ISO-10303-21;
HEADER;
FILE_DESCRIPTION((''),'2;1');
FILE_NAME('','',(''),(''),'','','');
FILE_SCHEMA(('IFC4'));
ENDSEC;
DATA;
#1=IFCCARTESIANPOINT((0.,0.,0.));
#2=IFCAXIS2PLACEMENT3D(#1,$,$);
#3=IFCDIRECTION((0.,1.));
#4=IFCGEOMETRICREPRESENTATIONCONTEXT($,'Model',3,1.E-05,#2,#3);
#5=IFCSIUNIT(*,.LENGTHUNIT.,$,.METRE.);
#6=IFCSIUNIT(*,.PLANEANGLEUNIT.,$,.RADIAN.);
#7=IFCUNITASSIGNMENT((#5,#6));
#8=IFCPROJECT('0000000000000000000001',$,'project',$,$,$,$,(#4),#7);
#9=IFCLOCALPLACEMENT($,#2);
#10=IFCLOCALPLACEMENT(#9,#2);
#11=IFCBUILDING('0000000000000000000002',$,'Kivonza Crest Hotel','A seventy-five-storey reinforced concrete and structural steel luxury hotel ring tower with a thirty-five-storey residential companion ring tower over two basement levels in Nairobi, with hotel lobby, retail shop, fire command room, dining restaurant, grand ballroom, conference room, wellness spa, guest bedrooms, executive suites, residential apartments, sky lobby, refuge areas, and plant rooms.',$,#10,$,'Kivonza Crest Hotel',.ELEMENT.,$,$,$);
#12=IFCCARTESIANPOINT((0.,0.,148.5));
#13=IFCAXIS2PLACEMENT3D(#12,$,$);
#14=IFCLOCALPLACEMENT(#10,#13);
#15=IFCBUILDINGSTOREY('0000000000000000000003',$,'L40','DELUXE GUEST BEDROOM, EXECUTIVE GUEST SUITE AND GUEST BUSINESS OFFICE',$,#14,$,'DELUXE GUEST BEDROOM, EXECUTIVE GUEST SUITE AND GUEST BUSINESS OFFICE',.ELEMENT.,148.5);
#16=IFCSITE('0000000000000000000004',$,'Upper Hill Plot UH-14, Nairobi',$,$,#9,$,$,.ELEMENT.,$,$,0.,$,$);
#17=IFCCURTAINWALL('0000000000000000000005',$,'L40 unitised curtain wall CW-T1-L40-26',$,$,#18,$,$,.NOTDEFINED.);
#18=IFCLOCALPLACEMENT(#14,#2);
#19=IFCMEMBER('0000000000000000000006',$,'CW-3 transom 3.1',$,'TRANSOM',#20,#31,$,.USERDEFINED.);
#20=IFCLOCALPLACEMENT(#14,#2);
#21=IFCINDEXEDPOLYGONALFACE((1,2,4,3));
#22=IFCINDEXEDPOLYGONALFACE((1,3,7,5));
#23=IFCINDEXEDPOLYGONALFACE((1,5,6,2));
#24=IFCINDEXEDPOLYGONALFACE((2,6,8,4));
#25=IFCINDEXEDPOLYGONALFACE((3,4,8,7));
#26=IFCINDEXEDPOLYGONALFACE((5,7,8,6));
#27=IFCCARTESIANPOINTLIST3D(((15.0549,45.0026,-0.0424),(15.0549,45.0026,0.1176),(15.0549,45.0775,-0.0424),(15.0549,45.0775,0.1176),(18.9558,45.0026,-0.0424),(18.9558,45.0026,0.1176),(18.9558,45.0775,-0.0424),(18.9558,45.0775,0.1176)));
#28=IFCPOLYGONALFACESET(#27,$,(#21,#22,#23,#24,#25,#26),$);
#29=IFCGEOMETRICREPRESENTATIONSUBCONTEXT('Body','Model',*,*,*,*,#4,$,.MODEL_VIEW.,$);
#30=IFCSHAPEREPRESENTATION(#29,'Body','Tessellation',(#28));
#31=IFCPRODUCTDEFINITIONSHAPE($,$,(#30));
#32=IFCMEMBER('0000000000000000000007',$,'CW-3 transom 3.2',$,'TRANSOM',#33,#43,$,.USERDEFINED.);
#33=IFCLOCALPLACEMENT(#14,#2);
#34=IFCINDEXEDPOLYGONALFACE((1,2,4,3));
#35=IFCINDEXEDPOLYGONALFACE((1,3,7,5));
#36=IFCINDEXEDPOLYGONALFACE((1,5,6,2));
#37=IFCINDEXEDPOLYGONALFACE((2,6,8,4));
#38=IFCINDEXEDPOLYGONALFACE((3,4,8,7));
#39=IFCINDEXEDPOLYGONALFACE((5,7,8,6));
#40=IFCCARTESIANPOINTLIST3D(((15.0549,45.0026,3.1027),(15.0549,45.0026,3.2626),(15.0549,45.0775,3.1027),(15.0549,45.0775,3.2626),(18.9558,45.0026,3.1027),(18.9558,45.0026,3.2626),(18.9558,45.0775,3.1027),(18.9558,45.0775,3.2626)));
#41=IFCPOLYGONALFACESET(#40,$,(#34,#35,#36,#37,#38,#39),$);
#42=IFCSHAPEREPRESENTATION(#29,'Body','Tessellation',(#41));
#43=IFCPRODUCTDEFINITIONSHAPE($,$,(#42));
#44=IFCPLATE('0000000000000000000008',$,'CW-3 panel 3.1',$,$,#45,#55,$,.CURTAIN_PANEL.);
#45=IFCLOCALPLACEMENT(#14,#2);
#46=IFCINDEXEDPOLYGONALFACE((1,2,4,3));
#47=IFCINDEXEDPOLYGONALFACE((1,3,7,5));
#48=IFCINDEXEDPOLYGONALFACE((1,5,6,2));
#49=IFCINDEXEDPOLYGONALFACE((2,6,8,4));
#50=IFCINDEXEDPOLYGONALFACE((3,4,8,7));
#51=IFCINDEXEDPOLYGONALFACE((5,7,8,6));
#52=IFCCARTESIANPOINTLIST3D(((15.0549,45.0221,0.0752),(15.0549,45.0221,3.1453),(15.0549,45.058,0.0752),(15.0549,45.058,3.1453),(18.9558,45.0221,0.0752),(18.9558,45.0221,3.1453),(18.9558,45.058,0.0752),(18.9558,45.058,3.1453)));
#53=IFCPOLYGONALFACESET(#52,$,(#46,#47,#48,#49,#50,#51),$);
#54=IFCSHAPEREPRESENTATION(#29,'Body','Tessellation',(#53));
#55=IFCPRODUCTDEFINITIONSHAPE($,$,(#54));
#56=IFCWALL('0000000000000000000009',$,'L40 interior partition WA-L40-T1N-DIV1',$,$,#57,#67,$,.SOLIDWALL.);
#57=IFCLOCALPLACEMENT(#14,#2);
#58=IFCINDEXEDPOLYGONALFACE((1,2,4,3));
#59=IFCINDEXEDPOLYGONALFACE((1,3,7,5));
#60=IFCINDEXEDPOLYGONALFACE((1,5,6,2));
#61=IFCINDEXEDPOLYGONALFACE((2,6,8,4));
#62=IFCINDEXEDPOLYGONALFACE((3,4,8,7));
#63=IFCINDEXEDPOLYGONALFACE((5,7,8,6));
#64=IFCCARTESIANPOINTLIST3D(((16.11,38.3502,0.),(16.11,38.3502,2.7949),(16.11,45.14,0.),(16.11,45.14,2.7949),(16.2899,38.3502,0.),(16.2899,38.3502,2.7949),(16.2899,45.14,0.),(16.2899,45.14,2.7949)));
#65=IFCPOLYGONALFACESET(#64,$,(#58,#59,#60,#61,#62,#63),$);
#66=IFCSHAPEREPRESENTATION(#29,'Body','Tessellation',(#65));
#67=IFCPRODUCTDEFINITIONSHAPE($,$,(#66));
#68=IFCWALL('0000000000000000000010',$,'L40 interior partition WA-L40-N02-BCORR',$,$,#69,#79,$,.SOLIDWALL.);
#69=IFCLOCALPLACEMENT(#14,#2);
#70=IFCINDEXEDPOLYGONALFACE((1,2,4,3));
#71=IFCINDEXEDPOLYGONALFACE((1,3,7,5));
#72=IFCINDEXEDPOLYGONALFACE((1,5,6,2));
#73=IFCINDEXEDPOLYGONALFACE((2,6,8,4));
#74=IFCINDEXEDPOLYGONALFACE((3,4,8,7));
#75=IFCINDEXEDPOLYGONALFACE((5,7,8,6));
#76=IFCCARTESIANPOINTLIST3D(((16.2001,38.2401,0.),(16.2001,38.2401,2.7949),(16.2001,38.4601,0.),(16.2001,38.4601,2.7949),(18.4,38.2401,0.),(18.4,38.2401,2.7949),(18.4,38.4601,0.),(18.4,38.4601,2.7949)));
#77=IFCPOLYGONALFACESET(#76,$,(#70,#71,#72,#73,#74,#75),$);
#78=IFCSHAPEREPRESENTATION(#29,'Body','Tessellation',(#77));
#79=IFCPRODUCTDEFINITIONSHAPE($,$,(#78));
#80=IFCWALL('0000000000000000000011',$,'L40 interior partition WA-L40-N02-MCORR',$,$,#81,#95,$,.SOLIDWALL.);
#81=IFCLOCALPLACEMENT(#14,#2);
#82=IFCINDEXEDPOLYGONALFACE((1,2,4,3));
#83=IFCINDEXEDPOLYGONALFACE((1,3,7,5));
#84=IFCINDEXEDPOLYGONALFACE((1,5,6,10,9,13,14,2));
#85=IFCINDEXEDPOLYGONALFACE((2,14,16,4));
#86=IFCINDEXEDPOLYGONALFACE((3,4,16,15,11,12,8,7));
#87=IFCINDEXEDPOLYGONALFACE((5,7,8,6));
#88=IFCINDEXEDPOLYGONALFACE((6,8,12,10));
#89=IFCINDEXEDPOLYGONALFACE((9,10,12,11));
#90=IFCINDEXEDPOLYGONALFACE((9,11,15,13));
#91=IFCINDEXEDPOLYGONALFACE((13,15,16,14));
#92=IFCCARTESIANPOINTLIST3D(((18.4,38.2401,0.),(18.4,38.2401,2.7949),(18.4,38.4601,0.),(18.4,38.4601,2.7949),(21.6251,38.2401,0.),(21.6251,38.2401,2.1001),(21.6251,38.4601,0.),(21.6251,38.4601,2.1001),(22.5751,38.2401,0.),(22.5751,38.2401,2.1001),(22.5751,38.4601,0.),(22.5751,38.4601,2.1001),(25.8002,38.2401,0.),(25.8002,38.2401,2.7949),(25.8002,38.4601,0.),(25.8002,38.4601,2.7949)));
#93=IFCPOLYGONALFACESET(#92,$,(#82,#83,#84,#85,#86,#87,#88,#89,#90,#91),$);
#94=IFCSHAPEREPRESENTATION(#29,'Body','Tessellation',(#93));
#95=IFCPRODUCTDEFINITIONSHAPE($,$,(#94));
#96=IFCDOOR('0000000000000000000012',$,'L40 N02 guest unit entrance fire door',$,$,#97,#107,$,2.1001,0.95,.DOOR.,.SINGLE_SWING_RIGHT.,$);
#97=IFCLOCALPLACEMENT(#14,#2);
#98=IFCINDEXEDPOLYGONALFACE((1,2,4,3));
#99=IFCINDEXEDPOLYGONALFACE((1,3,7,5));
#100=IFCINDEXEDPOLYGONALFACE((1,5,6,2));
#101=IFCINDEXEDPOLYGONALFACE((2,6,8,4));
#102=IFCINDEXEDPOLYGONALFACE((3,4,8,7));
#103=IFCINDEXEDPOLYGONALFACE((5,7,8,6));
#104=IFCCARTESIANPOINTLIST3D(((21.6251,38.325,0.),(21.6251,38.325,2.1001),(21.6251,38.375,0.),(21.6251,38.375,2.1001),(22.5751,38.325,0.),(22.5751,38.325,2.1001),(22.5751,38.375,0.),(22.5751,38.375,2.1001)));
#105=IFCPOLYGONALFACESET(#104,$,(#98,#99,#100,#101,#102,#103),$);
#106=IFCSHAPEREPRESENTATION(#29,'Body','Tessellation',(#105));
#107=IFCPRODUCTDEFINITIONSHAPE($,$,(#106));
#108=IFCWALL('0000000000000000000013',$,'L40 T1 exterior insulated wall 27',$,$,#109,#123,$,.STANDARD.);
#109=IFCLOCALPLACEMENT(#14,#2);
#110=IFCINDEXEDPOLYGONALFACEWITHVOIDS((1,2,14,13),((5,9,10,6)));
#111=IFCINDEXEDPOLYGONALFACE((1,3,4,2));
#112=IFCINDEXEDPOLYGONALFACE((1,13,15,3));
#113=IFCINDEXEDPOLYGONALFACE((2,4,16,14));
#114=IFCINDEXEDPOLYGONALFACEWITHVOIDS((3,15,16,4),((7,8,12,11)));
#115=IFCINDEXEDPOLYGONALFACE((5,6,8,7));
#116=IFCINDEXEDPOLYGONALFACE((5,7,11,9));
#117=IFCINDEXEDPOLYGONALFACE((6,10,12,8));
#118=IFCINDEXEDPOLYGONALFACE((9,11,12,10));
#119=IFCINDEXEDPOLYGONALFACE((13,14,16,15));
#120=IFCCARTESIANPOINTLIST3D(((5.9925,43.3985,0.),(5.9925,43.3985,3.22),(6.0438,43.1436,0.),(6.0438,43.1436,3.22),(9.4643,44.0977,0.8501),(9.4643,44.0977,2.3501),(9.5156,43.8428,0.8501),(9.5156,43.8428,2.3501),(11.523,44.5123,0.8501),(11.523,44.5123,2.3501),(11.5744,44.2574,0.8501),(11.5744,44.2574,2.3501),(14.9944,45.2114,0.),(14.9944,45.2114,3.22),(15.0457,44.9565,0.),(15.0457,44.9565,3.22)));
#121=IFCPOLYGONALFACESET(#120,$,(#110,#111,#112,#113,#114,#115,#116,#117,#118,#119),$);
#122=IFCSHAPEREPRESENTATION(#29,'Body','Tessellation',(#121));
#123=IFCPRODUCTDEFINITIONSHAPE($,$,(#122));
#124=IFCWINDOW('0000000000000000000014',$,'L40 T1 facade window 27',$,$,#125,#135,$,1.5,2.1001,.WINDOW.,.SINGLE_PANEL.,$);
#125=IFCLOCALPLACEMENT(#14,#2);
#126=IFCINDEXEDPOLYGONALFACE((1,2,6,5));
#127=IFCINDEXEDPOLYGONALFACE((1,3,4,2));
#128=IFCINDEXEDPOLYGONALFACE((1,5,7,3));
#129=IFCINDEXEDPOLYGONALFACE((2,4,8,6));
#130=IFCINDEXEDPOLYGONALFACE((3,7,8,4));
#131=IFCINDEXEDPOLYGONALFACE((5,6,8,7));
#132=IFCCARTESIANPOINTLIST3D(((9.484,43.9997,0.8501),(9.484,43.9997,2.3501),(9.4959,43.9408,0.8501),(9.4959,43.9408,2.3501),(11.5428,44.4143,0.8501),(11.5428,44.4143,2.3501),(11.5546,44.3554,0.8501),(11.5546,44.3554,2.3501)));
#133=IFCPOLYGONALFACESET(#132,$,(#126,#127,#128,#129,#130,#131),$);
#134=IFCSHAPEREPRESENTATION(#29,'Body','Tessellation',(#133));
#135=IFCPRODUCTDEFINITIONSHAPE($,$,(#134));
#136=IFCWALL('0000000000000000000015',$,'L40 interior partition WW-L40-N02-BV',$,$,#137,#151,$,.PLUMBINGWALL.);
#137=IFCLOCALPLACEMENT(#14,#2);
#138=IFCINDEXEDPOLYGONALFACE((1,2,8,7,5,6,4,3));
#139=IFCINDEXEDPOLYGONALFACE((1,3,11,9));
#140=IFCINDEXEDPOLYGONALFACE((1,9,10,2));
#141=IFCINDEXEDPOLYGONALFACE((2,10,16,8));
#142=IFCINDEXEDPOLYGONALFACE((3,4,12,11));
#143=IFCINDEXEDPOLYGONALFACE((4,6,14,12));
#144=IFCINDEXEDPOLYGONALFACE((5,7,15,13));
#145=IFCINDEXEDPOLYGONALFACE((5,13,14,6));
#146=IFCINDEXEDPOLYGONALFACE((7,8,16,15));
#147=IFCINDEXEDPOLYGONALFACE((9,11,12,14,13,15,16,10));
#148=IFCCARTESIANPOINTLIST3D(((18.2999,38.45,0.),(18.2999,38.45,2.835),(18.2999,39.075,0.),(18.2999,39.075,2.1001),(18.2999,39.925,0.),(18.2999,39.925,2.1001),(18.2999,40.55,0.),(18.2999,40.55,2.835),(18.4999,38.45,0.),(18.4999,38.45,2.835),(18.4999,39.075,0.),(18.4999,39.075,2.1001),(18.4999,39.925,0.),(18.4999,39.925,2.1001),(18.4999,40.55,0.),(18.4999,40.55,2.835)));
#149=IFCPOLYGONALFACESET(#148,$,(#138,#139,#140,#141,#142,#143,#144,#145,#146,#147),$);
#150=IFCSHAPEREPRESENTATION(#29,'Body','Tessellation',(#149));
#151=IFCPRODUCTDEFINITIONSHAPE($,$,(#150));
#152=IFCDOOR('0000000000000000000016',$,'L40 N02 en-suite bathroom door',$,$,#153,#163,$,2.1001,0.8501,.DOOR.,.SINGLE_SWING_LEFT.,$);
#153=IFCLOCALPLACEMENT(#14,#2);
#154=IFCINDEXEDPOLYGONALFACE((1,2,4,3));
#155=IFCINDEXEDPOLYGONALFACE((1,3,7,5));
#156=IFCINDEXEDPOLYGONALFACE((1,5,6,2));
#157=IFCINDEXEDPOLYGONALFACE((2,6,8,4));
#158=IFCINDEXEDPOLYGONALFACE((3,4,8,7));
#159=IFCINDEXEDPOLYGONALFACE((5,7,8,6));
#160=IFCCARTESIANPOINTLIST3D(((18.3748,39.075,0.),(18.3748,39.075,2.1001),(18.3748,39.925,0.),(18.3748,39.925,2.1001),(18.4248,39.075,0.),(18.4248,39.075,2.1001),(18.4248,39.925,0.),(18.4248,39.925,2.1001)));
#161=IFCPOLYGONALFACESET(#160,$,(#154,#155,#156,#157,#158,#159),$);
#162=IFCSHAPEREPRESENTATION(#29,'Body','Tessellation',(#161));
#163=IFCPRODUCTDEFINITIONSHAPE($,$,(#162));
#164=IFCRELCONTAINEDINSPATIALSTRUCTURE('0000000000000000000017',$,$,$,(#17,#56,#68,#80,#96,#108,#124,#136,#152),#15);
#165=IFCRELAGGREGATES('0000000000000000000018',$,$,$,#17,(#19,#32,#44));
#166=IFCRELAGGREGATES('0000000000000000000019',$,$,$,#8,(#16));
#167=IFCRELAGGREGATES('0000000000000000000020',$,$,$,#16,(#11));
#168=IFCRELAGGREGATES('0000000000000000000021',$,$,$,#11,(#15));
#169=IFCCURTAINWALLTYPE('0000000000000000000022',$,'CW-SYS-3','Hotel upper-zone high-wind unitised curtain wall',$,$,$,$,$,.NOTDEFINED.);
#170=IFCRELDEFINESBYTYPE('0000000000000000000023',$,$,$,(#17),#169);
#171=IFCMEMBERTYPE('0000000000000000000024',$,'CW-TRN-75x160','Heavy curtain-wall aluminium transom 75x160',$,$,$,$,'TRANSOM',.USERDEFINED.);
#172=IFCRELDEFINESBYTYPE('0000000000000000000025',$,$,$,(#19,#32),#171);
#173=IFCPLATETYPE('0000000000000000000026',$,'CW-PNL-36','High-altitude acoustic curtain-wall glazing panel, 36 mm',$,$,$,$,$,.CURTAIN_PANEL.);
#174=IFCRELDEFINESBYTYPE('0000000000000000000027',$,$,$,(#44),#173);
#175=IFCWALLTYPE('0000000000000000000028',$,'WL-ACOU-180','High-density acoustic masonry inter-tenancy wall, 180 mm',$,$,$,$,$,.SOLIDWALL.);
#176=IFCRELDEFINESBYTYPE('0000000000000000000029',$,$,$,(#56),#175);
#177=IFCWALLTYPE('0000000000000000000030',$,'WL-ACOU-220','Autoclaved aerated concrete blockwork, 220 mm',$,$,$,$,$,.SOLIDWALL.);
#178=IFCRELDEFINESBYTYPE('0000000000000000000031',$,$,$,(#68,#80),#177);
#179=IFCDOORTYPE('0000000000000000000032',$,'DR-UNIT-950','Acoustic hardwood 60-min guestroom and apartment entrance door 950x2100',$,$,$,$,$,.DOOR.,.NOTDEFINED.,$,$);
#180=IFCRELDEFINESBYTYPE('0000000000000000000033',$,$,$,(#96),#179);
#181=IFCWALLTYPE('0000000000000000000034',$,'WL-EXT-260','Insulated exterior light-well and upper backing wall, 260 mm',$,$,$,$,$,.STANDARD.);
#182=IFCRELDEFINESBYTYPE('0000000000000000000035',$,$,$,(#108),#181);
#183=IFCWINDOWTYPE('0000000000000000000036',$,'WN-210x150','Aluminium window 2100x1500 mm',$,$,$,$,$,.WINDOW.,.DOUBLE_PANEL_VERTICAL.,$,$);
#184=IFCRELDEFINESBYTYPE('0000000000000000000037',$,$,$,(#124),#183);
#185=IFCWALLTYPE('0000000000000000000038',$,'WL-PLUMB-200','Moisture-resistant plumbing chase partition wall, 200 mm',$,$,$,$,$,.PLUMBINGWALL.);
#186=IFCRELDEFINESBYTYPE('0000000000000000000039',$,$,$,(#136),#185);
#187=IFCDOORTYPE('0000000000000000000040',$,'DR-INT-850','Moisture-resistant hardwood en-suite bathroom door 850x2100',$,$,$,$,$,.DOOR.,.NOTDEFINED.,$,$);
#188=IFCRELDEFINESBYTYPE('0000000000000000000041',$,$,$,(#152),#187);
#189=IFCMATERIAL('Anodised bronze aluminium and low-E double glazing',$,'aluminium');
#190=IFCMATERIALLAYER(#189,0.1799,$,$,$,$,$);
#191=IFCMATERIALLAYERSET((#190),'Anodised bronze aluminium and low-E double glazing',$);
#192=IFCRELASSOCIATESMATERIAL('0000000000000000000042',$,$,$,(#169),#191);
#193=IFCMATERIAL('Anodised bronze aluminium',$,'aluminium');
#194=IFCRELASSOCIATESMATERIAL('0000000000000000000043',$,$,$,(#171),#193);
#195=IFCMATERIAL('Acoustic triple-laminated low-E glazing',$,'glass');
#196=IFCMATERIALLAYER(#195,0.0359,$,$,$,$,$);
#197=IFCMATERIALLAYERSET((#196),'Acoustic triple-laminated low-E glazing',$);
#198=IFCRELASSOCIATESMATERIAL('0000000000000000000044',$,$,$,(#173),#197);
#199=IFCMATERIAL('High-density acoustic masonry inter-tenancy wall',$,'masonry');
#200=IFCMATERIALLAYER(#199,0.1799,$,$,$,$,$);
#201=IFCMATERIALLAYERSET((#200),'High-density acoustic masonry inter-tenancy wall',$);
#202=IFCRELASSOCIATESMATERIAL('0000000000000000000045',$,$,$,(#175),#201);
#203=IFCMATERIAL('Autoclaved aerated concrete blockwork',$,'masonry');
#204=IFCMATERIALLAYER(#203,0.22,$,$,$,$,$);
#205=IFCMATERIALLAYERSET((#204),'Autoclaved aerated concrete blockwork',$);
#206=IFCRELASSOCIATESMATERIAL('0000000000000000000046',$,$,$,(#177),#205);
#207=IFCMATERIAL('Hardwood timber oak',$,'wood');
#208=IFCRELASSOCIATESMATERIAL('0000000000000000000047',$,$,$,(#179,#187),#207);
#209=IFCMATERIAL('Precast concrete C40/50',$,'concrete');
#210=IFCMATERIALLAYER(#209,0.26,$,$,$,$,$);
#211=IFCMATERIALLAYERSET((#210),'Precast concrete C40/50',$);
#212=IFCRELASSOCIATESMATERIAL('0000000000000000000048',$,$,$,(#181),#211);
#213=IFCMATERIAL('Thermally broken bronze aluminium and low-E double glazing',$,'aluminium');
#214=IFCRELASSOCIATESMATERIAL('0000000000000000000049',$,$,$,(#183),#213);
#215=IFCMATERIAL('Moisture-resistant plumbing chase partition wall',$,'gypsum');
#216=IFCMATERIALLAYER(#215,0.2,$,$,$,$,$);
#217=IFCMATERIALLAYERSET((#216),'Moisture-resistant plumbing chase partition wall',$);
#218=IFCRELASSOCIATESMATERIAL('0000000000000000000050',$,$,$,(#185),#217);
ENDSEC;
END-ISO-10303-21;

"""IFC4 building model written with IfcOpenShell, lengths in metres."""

from ifc_helpers import new_model, si_unit, direction, frame, frame_2d, origin, origin_2d, place, context, subcontext, project, spatial, rectangle, extrude, material, layer, layer_set, material_profile, profile_set, type_object, element, fill, aggregate, save


model = new_model("IFC4")

# Units and contexts
model_context = context("Model", 3, precision=1e-05, world=origin(), true_north=direction((0.0, 1.0)))
body_context = subcontext(model_context, "Body", "Model", "MODEL_VIEW")
ifc_project = project(units=[si_unit("LENGTHUNIT", "METRE"), si_unit("PLANEANGLEUNIT", "RADIAN")], contexts=[model_context])

# Site, building, storey
site_placement = place(None, origin())
site = spatial("IfcSite", under=ifc_project, at=site_placement, Name="Upper Hill Plot UH-14, Nairobi", CompositionType="ELEMENT", RefElevation=0.0)
building_placement = place(site_placement, origin())
building = spatial("IfcBuilding", under=site, at=building_placement, Name="Kivonza Crest Hotel", Description="A seventy-five-storey reinforced concrete and structural steel luxury hotel ring tower with a thirty-five-storey residential companion ring tower over two basement levels in Nairobi, with hotel lobby, retail shop, fire command room, dining restaurant, grand ballroom, conference room, wellness spa, guest bedrooms, executive suites, residential apartments, sky lobby, refuge areas, and plant rooms.", LongName="Kivonza Crest Hotel", CompositionType="ELEMENT")
storey_placement = place(building_placement, frame((0.0, 0.0, 148.5)))
storey = spatial("IfcBuildingStorey", under=building, at=storey_placement, Name="L40", Description="DELUXE GUEST BEDROOM, EXECUTIVE GUEST SUITE AND GUEST BUSINESS OFFICE", LongName="DELUXE GUEST BEDROOM, EXECUTIVE GUEST SUITE AND GUEST BUSINESS OFFICE", CompositionType="ELEMENT", Elevation=148.5)

# Curtain wall, members, plate
ifc_material_1 = material(Name="Anodised bronze aluminium and low-E double glazing", Category="aluminium")
ifc_layer_1 = layer(ifc_material_1, 0.1799)
ifc_layer_set_1 = layer_set([ifc_layer_1], Name="Anodised bronze aluminium and low-E double glazing")
curtain_wall_type = type_object("IfcCurtainWallType", Name="CW-SYS-3", Description="Hotel upper-zone high-wind unitised curtain wall", PredefinedType="NOTDEFINED", material=ifc_layer_set_1)
curtain_wall_placement = place(storey_placement, origin())
curtain_wall = element("IfcCurtainWall", 1, at=curtain_wall_placement, inside=storey, type_object=curtain_wall_type, Name="L40 unitised curtain wall CW-T1-L40-26", PredefinedType="NOTDEFINED")
ifc_material_2 = material(Name="Anodised bronze aluminium", Category="aluminium")
ifc_material_profile_1 = material_profile(ifc_material_2, rectangle(XDim=0.075, YDim=0.1599, at=origin_2d()), Name="CW-T 75x160")
ifc_profile_set_1 = profile_set([ifc_material_profile_1], Name="Anodised bronze aluminium")
member_type_1 = type_object("IfcMemberType", Name="CW-TRN-75x160", Description="Heavy curtain-wall aluminium transom 75x160", ElementType="TRANSOM", PredefinedType="USERDEFINED", material=ifc_profile_set_1)
member_1_placement = place(storey_placement, frame((18.9558, 45.04, 0.0376), z_axis=(-1.0, 0.0, 0.0), x_axis=(0.0, -1.0, 0.0)))
member_1 = element("IfcMember", 2, at=member_1_placement, type_object=member_type_1, Name="CW-3 transom 3.1", ObjectType="TRANSOM", PredefinedType="USERDEFINED", context=body_context, shape_type="SweptSolid", body=[
    extrude(rectangle(XDim=0.075, YDim=0.1599, at=origin_2d()), origin(), (0.0, 0.0, 1.0), 3.9009),
])
member_2_placement = place(storey_placement, frame((18.9558, 45.04, 3.1826), z_axis=(-1.0, 0.0, 0.0), x_axis=(0.0, -1.0, 0.0)))
member_2 = element("IfcMember", 3, at=member_2_placement, type_object=member_type_1, Name="CW-3 transom 3.2", ObjectType="TRANSOM", PredefinedType="USERDEFINED", context=body_context, shape_type="SweptSolid", body=[
    extrude(rectangle(XDim=0.075, YDim=0.1599, at=origin_2d()), origin(), (0.0, 0.0, 1.0), 3.9009),
])
ifc_material_3 = material(Name="Acoustic triple-laminated low-E glazing", Category="glass")
ifc_layer_2 = layer(ifc_material_3, 0.0359)
ifc_layer_set_2 = layer_set([ifc_layer_2], Name="Acoustic triple-laminated low-E glazing")
plate_type = type_object("IfcPlateType", Name="CW-PNL-36", Description="High-altitude acoustic curtain-wall glazing panel, 36 mm", PredefinedType="CURTAIN_PANEL", material=ifc_layer_set_2)
plate_placement = place(storey_placement, frame((17.0054, 45.04, 0.0752), z_axis=(0.0, 0.0, 1.0), x_axis=(-1.0, 0.0, 0.0)))
plate = element("IfcPlate", 4, at=plate_placement, type_object=plate_type, Name="CW-3 panel 3.1", PredefinedType="CURTAIN_PANEL", context=body_context, shape_type="SweptSolid", body=[
    extrude(rectangle(XDim=3.9009, YDim=0.0359, at=origin_2d()), origin(), (0.0, 0.0, 1.0), 3.0701),
])
aggregate(curtain_wall, [member_1, member_2, plate])

# Walls
ifc_material_4 = material(Name="High-density acoustic masonry inter-tenancy wall", Category="masonry")
ifc_layer_3 = layer(ifc_material_4, 0.1799)
ifc_layer_set_3 = layer_set([ifc_layer_3], Name="High-density acoustic masonry inter-tenancy wall")
wall_type_1 = type_object("IfcWallType", Name="WL-ACOU-180", Description="High-density acoustic masonry inter-tenancy wall, 180 mm", PredefinedType="SOLIDWALL", material=ifc_layer_set_3)
wall_1_placement = place(storey_placement, frame((16.2, 38.3501, 0.0), z_axis=(0.0, 0.0, 1.0), x_axis=(0.0, 1.0, 0.0)))
element("IfcWall", 5, at=wall_1_placement, inside=storey, type_object=wall_type_1, Name="L40 interior partition WA-L40-T1N-DIV1", PredefinedType="SOLIDWALL", context=body_context, shape_type="SweptSolid", body=[
    extrude(rectangle(XDim=6.7898, YDim=0.1799, at=frame_2d((3.395, 0.0))), origin(), (0.0, 0.0, 1.0), 2.7949),
])
ifc_material_5 = material(Name="Autoclaved aerated concrete blockwork", Category="masonry")
ifc_layer_4 = layer(ifc_material_5, 0.22)
ifc_layer_set_4 = layer_set([ifc_layer_4], Name="Autoclaved aerated concrete blockwork")
wall_type_2 = type_object("IfcWallType", Name="WL-ACOU-220", Description="Autoclaved aerated concrete blockwork, 220 mm", PredefinedType="SOLIDWALL", material=ifc_layer_set_4)
wall_2_placement = place(storey_placement, frame((16.2, 38.3501, 0.0), z_axis=(0.0, 0.0, 1.0), x_axis=(1.0, 0.0, 0.0)))
element("IfcWall", 6, at=wall_2_placement, inside=storey, type_object=wall_type_2, Name="L40 interior partition WA-L40-N02-BCORR", PredefinedType="SOLIDWALL", context=body_context, shape_type="SweptSolid", body=[
    extrude(rectangle(XDim=2.2, YDim=0.22, at=frame_2d((1.1001, 0.0))), origin(), (0.0, 0.0, 1.0), 2.7949),
])

# Wall, opening, door
wall_3_placement = place(storey_placement, frame((18.3999, 38.3501, 0.0), z_axis=(0.0, 0.0, 1.0), x_axis=(1.0, 0.0, 0.0)))
wall_3 = element("IfcWall", 7, at=wall_3_placement, inside=storey, type_object=wall_type_2, Name="L40 interior partition WA-L40-N02-MCORR", PredefinedType="SOLIDWALL", context=body_context, shape_type="SweptSolid", body=[
    extrude(rectangle(XDim=7.4001, YDim=0.22, at=frame_2d((3.7002, 0.0))), origin(), (0.0, 0.0, 1.0), 2.7949),
])
opening_1_placement = place(wall_3_placement, frame((3.2251, 0.0, 0.0)))
opening_1 = element("IfcOpeningElement", 8, at=opening_1_placement, cuts=wall_3, PredefinedType="OPENING", context=body_context, shape_type="SweptSolid", body=[
    extrude(rectangle(XDim=0.95, YDim=2.1001, at=frame_2d((0.4751, 1.05))), frame((0.0, 0.1201, 0.0), z_axis=(0.0, -1.0, 0.0), x_axis=(1.0, 0.0, 0.0)), (0.0, 0.0, 1.0), 0.24),
])
ifc_material_6 = material(Name="Hardwood timber oak", Category="wood")
door_type_1 = type_object("IfcDoorType", Name="DR-UNIT-950", Description="Acoustic hardwood 60-min guestroom and apartment entrance door 950x2100", OperationType="NOTDEFINED", PredefinedType="DOOR", material=ifc_material_6)
door_1_placement = place(opening_1_placement, origin())
door_1 = element("IfcDoor", 9, at=door_1_placement, inside=storey, type_object=door_type_1, Name="L40 N02 guest unit entrance fire door", OperationType="SINGLE_SWING_RIGHT", OverallHeight=2.1001, OverallWidth=0.95, PredefinedType="DOOR", context=body_context, shape_type="SweptSolid", body=[
    extrude(rectangle(XDim=0.95, YDim=2.1001, at=frame_2d((0.4751, 1.05))), frame((0.0, 0.0249, 0.0), z_axis=(0.0, -1.0, 0.0), x_axis=(1.0, 0.0, 0.0)), (0.0, 0.0, 1.0), 0.05),
])
fill(opening_1, door_1)

# Wall, opening, window
ifc_material_7 = material(Name="Precast concrete C40/50", Category="concrete")
ifc_layer_5 = layer(ifc_material_7, 0.26)
ifc_layer_set_5 = layer_set([ifc_layer_5], Name="Precast concrete C40/50")
wall_type_3 = type_object("IfcWallType", Name="WL-EXT-260", Description="Insulated exterior light-well and upper backing wall, 260 mm", PredefinedType="STANDARD", material=ifc_layer_set_5)
wall_4_placement = place(storey_placement, frame((15.02, 45.084, 0.0), z_axis=(0.0, 0.0, 1.0), x_axis=(-0.980316, -0.197435, 0.0)))
wall_4 = element("IfcWall", 10, at=wall_4_placement, inside=storey, type_object=wall_type_3, Name="L40 T1 exterior insulated wall 27", PredefinedType="STANDARD", context=body_context, shape_type="SweptSolid", body=[
    extrude(rectangle(XDim=9.1826, YDim=0.26, at=frame_2d((4.5913, 0.0))), origin(), (0.0, 0.0, 1.0), 3.22),
])
opening_2_placement = place(wall_4_placement, frame((3.541, 0.0, 0.8501)))
opening_2 = element("IfcOpeningElement", 11, at=opening_2_placement, cuts=wall_4, PredefinedType="OPENING", context=body_context, shape_type="SweptSolid", body=[
    extrude(rectangle(XDim=2.1001, YDim=1.5, at=frame_2d((1.05, 0.75))), frame((0.0, 0.1401, 0.0), z_axis=(0.0, -1.0, 0.0), x_axis=(1.0, 0.0, 0.0)), (0.0, 0.0, 1.0), 0.28),
])
ifc_material_8 = material(Name="Thermally broken bronze aluminium and low-E double glazing", Category="aluminium")
window_type = type_object("IfcWindowType", Name="WN-210x150", Description="Aluminium window 2100x1500 mm", PartitioningType="DOUBLE_PANEL_VERTICAL", PredefinedType="WINDOW", material=ifc_material_8)
window_placement = place(opening_2_placement, origin())
window = element("IfcWindow", 12, at=window_placement, inside=storey, type_object=window_type, Name="L40 T1 facade window 27", OverallHeight=1.5, OverallWidth=2.1001, PartitioningType="SINGLE_PANEL", PredefinedType="WINDOW", context=body_context, shape_type="SweptSolid", body=[
    extrude(rectangle(XDim=2.1001, YDim=1.5, at=frame_2d((1.05, 0.75))), frame((0.0, 0.03, 0.0), z_axis=(0.0, -1.0, 0.0), x_axis=(1.0, 0.0, 0.0)), (0.0, 0.0, 1.0), 0.0601),
])
fill(opening_2, window)

# Wall, opening, door
ifc_material_9 = material(Name="Moisture-resistant plumbing chase partition wall", Category="gypsum")
ifc_layer_6 = layer(ifc_material_9, 0.2)
ifc_layer_set_6 = layer_set([ifc_layer_6], Name="Moisture-resistant plumbing chase partition wall")
wall_type_4 = type_object("IfcWallType", Name="WL-PLUMB-200", Description="Moisture-resistant plumbing chase partition wall, 200 mm", PredefinedType="PLUMBINGWALL", material=ifc_layer_set_6)
wall_5_placement = place(storey_placement, frame((18.3999, 38.45, 0.0), z_axis=(0.0, 0.0, 1.0), x_axis=(0.0, 1.0, 0.0)))
wall_5 = element("IfcWall", 13, at=wall_5_placement, inside=storey, type_object=wall_type_4, Name="L40 interior partition WW-L40-N02-BV", PredefinedType="PLUMBINGWALL", context=body_context, shape_type="SweptSolid", body=[
    extrude(rectangle(XDim=2.1001, YDim=0.2, at=frame_2d((1.05, 0.0))), origin(), (0.0, 0.0, 1.0), 2.835),
])
opening_3_placement = place(wall_5_placement, frame((0.625, 0.0, 0.0)))
opening_3 = element("IfcOpeningElement", 14, at=opening_3_placement, cuts=wall_5, PredefinedType="OPENING", context=body_context, shape_type="SweptSolid", body=[
    extrude(rectangle(XDim=0.8501, YDim=2.1001, at=frame_2d((0.425, 1.05))), frame((0.0, 0.1099, 0.0), z_axis=(0.0, -1.0, 0.0), x_axis=(1.0, 0.0, 0.0)), (0.0, 0.0, 1.0), 0.22),
])
door_type_2 = type_object("IfcDoorType", Name="DR-INT-850", Description="Moisture-resistant hardwood en-suite bathroom door 850x2100", OperationType="NOTDEFINED", PredefinedType="DOOR", material=ifc_material_6)
door_2_placement = place(opening_3_placement, frame((0.8501, 0.0, 0.0), z_axis=(0.0, 0.0, 1.0), x_axis=(-1.0, 0.0, 0.0)))
door_2 = element("IfcDoor", 15, at=door_2_placement, inside=storey, type_object=door_type_2, Name="L40 N02 en-suite bathroom door", OperationType="SINGLE_SWING_LEFT", OverallHeight=2.1001, OverallWidth=0.8501, PredefinedType="DOOR", context=body_context, shape_type="SweptSolid", body=[
    extrude(rectangle(XDim=0.8501, YDim=2.1001, at=frame_2d((0.425, 1.05))), frame((0.0, 0.0249, 0.0), z_axis=(0.0, -1.0, 0.0), x_axis=(1.0, 0.0, 0.0)), (0.0, 0.0, 1.0), 0.05),
])
fill(opening_3, door_2)

save(model, "model.ifc")
